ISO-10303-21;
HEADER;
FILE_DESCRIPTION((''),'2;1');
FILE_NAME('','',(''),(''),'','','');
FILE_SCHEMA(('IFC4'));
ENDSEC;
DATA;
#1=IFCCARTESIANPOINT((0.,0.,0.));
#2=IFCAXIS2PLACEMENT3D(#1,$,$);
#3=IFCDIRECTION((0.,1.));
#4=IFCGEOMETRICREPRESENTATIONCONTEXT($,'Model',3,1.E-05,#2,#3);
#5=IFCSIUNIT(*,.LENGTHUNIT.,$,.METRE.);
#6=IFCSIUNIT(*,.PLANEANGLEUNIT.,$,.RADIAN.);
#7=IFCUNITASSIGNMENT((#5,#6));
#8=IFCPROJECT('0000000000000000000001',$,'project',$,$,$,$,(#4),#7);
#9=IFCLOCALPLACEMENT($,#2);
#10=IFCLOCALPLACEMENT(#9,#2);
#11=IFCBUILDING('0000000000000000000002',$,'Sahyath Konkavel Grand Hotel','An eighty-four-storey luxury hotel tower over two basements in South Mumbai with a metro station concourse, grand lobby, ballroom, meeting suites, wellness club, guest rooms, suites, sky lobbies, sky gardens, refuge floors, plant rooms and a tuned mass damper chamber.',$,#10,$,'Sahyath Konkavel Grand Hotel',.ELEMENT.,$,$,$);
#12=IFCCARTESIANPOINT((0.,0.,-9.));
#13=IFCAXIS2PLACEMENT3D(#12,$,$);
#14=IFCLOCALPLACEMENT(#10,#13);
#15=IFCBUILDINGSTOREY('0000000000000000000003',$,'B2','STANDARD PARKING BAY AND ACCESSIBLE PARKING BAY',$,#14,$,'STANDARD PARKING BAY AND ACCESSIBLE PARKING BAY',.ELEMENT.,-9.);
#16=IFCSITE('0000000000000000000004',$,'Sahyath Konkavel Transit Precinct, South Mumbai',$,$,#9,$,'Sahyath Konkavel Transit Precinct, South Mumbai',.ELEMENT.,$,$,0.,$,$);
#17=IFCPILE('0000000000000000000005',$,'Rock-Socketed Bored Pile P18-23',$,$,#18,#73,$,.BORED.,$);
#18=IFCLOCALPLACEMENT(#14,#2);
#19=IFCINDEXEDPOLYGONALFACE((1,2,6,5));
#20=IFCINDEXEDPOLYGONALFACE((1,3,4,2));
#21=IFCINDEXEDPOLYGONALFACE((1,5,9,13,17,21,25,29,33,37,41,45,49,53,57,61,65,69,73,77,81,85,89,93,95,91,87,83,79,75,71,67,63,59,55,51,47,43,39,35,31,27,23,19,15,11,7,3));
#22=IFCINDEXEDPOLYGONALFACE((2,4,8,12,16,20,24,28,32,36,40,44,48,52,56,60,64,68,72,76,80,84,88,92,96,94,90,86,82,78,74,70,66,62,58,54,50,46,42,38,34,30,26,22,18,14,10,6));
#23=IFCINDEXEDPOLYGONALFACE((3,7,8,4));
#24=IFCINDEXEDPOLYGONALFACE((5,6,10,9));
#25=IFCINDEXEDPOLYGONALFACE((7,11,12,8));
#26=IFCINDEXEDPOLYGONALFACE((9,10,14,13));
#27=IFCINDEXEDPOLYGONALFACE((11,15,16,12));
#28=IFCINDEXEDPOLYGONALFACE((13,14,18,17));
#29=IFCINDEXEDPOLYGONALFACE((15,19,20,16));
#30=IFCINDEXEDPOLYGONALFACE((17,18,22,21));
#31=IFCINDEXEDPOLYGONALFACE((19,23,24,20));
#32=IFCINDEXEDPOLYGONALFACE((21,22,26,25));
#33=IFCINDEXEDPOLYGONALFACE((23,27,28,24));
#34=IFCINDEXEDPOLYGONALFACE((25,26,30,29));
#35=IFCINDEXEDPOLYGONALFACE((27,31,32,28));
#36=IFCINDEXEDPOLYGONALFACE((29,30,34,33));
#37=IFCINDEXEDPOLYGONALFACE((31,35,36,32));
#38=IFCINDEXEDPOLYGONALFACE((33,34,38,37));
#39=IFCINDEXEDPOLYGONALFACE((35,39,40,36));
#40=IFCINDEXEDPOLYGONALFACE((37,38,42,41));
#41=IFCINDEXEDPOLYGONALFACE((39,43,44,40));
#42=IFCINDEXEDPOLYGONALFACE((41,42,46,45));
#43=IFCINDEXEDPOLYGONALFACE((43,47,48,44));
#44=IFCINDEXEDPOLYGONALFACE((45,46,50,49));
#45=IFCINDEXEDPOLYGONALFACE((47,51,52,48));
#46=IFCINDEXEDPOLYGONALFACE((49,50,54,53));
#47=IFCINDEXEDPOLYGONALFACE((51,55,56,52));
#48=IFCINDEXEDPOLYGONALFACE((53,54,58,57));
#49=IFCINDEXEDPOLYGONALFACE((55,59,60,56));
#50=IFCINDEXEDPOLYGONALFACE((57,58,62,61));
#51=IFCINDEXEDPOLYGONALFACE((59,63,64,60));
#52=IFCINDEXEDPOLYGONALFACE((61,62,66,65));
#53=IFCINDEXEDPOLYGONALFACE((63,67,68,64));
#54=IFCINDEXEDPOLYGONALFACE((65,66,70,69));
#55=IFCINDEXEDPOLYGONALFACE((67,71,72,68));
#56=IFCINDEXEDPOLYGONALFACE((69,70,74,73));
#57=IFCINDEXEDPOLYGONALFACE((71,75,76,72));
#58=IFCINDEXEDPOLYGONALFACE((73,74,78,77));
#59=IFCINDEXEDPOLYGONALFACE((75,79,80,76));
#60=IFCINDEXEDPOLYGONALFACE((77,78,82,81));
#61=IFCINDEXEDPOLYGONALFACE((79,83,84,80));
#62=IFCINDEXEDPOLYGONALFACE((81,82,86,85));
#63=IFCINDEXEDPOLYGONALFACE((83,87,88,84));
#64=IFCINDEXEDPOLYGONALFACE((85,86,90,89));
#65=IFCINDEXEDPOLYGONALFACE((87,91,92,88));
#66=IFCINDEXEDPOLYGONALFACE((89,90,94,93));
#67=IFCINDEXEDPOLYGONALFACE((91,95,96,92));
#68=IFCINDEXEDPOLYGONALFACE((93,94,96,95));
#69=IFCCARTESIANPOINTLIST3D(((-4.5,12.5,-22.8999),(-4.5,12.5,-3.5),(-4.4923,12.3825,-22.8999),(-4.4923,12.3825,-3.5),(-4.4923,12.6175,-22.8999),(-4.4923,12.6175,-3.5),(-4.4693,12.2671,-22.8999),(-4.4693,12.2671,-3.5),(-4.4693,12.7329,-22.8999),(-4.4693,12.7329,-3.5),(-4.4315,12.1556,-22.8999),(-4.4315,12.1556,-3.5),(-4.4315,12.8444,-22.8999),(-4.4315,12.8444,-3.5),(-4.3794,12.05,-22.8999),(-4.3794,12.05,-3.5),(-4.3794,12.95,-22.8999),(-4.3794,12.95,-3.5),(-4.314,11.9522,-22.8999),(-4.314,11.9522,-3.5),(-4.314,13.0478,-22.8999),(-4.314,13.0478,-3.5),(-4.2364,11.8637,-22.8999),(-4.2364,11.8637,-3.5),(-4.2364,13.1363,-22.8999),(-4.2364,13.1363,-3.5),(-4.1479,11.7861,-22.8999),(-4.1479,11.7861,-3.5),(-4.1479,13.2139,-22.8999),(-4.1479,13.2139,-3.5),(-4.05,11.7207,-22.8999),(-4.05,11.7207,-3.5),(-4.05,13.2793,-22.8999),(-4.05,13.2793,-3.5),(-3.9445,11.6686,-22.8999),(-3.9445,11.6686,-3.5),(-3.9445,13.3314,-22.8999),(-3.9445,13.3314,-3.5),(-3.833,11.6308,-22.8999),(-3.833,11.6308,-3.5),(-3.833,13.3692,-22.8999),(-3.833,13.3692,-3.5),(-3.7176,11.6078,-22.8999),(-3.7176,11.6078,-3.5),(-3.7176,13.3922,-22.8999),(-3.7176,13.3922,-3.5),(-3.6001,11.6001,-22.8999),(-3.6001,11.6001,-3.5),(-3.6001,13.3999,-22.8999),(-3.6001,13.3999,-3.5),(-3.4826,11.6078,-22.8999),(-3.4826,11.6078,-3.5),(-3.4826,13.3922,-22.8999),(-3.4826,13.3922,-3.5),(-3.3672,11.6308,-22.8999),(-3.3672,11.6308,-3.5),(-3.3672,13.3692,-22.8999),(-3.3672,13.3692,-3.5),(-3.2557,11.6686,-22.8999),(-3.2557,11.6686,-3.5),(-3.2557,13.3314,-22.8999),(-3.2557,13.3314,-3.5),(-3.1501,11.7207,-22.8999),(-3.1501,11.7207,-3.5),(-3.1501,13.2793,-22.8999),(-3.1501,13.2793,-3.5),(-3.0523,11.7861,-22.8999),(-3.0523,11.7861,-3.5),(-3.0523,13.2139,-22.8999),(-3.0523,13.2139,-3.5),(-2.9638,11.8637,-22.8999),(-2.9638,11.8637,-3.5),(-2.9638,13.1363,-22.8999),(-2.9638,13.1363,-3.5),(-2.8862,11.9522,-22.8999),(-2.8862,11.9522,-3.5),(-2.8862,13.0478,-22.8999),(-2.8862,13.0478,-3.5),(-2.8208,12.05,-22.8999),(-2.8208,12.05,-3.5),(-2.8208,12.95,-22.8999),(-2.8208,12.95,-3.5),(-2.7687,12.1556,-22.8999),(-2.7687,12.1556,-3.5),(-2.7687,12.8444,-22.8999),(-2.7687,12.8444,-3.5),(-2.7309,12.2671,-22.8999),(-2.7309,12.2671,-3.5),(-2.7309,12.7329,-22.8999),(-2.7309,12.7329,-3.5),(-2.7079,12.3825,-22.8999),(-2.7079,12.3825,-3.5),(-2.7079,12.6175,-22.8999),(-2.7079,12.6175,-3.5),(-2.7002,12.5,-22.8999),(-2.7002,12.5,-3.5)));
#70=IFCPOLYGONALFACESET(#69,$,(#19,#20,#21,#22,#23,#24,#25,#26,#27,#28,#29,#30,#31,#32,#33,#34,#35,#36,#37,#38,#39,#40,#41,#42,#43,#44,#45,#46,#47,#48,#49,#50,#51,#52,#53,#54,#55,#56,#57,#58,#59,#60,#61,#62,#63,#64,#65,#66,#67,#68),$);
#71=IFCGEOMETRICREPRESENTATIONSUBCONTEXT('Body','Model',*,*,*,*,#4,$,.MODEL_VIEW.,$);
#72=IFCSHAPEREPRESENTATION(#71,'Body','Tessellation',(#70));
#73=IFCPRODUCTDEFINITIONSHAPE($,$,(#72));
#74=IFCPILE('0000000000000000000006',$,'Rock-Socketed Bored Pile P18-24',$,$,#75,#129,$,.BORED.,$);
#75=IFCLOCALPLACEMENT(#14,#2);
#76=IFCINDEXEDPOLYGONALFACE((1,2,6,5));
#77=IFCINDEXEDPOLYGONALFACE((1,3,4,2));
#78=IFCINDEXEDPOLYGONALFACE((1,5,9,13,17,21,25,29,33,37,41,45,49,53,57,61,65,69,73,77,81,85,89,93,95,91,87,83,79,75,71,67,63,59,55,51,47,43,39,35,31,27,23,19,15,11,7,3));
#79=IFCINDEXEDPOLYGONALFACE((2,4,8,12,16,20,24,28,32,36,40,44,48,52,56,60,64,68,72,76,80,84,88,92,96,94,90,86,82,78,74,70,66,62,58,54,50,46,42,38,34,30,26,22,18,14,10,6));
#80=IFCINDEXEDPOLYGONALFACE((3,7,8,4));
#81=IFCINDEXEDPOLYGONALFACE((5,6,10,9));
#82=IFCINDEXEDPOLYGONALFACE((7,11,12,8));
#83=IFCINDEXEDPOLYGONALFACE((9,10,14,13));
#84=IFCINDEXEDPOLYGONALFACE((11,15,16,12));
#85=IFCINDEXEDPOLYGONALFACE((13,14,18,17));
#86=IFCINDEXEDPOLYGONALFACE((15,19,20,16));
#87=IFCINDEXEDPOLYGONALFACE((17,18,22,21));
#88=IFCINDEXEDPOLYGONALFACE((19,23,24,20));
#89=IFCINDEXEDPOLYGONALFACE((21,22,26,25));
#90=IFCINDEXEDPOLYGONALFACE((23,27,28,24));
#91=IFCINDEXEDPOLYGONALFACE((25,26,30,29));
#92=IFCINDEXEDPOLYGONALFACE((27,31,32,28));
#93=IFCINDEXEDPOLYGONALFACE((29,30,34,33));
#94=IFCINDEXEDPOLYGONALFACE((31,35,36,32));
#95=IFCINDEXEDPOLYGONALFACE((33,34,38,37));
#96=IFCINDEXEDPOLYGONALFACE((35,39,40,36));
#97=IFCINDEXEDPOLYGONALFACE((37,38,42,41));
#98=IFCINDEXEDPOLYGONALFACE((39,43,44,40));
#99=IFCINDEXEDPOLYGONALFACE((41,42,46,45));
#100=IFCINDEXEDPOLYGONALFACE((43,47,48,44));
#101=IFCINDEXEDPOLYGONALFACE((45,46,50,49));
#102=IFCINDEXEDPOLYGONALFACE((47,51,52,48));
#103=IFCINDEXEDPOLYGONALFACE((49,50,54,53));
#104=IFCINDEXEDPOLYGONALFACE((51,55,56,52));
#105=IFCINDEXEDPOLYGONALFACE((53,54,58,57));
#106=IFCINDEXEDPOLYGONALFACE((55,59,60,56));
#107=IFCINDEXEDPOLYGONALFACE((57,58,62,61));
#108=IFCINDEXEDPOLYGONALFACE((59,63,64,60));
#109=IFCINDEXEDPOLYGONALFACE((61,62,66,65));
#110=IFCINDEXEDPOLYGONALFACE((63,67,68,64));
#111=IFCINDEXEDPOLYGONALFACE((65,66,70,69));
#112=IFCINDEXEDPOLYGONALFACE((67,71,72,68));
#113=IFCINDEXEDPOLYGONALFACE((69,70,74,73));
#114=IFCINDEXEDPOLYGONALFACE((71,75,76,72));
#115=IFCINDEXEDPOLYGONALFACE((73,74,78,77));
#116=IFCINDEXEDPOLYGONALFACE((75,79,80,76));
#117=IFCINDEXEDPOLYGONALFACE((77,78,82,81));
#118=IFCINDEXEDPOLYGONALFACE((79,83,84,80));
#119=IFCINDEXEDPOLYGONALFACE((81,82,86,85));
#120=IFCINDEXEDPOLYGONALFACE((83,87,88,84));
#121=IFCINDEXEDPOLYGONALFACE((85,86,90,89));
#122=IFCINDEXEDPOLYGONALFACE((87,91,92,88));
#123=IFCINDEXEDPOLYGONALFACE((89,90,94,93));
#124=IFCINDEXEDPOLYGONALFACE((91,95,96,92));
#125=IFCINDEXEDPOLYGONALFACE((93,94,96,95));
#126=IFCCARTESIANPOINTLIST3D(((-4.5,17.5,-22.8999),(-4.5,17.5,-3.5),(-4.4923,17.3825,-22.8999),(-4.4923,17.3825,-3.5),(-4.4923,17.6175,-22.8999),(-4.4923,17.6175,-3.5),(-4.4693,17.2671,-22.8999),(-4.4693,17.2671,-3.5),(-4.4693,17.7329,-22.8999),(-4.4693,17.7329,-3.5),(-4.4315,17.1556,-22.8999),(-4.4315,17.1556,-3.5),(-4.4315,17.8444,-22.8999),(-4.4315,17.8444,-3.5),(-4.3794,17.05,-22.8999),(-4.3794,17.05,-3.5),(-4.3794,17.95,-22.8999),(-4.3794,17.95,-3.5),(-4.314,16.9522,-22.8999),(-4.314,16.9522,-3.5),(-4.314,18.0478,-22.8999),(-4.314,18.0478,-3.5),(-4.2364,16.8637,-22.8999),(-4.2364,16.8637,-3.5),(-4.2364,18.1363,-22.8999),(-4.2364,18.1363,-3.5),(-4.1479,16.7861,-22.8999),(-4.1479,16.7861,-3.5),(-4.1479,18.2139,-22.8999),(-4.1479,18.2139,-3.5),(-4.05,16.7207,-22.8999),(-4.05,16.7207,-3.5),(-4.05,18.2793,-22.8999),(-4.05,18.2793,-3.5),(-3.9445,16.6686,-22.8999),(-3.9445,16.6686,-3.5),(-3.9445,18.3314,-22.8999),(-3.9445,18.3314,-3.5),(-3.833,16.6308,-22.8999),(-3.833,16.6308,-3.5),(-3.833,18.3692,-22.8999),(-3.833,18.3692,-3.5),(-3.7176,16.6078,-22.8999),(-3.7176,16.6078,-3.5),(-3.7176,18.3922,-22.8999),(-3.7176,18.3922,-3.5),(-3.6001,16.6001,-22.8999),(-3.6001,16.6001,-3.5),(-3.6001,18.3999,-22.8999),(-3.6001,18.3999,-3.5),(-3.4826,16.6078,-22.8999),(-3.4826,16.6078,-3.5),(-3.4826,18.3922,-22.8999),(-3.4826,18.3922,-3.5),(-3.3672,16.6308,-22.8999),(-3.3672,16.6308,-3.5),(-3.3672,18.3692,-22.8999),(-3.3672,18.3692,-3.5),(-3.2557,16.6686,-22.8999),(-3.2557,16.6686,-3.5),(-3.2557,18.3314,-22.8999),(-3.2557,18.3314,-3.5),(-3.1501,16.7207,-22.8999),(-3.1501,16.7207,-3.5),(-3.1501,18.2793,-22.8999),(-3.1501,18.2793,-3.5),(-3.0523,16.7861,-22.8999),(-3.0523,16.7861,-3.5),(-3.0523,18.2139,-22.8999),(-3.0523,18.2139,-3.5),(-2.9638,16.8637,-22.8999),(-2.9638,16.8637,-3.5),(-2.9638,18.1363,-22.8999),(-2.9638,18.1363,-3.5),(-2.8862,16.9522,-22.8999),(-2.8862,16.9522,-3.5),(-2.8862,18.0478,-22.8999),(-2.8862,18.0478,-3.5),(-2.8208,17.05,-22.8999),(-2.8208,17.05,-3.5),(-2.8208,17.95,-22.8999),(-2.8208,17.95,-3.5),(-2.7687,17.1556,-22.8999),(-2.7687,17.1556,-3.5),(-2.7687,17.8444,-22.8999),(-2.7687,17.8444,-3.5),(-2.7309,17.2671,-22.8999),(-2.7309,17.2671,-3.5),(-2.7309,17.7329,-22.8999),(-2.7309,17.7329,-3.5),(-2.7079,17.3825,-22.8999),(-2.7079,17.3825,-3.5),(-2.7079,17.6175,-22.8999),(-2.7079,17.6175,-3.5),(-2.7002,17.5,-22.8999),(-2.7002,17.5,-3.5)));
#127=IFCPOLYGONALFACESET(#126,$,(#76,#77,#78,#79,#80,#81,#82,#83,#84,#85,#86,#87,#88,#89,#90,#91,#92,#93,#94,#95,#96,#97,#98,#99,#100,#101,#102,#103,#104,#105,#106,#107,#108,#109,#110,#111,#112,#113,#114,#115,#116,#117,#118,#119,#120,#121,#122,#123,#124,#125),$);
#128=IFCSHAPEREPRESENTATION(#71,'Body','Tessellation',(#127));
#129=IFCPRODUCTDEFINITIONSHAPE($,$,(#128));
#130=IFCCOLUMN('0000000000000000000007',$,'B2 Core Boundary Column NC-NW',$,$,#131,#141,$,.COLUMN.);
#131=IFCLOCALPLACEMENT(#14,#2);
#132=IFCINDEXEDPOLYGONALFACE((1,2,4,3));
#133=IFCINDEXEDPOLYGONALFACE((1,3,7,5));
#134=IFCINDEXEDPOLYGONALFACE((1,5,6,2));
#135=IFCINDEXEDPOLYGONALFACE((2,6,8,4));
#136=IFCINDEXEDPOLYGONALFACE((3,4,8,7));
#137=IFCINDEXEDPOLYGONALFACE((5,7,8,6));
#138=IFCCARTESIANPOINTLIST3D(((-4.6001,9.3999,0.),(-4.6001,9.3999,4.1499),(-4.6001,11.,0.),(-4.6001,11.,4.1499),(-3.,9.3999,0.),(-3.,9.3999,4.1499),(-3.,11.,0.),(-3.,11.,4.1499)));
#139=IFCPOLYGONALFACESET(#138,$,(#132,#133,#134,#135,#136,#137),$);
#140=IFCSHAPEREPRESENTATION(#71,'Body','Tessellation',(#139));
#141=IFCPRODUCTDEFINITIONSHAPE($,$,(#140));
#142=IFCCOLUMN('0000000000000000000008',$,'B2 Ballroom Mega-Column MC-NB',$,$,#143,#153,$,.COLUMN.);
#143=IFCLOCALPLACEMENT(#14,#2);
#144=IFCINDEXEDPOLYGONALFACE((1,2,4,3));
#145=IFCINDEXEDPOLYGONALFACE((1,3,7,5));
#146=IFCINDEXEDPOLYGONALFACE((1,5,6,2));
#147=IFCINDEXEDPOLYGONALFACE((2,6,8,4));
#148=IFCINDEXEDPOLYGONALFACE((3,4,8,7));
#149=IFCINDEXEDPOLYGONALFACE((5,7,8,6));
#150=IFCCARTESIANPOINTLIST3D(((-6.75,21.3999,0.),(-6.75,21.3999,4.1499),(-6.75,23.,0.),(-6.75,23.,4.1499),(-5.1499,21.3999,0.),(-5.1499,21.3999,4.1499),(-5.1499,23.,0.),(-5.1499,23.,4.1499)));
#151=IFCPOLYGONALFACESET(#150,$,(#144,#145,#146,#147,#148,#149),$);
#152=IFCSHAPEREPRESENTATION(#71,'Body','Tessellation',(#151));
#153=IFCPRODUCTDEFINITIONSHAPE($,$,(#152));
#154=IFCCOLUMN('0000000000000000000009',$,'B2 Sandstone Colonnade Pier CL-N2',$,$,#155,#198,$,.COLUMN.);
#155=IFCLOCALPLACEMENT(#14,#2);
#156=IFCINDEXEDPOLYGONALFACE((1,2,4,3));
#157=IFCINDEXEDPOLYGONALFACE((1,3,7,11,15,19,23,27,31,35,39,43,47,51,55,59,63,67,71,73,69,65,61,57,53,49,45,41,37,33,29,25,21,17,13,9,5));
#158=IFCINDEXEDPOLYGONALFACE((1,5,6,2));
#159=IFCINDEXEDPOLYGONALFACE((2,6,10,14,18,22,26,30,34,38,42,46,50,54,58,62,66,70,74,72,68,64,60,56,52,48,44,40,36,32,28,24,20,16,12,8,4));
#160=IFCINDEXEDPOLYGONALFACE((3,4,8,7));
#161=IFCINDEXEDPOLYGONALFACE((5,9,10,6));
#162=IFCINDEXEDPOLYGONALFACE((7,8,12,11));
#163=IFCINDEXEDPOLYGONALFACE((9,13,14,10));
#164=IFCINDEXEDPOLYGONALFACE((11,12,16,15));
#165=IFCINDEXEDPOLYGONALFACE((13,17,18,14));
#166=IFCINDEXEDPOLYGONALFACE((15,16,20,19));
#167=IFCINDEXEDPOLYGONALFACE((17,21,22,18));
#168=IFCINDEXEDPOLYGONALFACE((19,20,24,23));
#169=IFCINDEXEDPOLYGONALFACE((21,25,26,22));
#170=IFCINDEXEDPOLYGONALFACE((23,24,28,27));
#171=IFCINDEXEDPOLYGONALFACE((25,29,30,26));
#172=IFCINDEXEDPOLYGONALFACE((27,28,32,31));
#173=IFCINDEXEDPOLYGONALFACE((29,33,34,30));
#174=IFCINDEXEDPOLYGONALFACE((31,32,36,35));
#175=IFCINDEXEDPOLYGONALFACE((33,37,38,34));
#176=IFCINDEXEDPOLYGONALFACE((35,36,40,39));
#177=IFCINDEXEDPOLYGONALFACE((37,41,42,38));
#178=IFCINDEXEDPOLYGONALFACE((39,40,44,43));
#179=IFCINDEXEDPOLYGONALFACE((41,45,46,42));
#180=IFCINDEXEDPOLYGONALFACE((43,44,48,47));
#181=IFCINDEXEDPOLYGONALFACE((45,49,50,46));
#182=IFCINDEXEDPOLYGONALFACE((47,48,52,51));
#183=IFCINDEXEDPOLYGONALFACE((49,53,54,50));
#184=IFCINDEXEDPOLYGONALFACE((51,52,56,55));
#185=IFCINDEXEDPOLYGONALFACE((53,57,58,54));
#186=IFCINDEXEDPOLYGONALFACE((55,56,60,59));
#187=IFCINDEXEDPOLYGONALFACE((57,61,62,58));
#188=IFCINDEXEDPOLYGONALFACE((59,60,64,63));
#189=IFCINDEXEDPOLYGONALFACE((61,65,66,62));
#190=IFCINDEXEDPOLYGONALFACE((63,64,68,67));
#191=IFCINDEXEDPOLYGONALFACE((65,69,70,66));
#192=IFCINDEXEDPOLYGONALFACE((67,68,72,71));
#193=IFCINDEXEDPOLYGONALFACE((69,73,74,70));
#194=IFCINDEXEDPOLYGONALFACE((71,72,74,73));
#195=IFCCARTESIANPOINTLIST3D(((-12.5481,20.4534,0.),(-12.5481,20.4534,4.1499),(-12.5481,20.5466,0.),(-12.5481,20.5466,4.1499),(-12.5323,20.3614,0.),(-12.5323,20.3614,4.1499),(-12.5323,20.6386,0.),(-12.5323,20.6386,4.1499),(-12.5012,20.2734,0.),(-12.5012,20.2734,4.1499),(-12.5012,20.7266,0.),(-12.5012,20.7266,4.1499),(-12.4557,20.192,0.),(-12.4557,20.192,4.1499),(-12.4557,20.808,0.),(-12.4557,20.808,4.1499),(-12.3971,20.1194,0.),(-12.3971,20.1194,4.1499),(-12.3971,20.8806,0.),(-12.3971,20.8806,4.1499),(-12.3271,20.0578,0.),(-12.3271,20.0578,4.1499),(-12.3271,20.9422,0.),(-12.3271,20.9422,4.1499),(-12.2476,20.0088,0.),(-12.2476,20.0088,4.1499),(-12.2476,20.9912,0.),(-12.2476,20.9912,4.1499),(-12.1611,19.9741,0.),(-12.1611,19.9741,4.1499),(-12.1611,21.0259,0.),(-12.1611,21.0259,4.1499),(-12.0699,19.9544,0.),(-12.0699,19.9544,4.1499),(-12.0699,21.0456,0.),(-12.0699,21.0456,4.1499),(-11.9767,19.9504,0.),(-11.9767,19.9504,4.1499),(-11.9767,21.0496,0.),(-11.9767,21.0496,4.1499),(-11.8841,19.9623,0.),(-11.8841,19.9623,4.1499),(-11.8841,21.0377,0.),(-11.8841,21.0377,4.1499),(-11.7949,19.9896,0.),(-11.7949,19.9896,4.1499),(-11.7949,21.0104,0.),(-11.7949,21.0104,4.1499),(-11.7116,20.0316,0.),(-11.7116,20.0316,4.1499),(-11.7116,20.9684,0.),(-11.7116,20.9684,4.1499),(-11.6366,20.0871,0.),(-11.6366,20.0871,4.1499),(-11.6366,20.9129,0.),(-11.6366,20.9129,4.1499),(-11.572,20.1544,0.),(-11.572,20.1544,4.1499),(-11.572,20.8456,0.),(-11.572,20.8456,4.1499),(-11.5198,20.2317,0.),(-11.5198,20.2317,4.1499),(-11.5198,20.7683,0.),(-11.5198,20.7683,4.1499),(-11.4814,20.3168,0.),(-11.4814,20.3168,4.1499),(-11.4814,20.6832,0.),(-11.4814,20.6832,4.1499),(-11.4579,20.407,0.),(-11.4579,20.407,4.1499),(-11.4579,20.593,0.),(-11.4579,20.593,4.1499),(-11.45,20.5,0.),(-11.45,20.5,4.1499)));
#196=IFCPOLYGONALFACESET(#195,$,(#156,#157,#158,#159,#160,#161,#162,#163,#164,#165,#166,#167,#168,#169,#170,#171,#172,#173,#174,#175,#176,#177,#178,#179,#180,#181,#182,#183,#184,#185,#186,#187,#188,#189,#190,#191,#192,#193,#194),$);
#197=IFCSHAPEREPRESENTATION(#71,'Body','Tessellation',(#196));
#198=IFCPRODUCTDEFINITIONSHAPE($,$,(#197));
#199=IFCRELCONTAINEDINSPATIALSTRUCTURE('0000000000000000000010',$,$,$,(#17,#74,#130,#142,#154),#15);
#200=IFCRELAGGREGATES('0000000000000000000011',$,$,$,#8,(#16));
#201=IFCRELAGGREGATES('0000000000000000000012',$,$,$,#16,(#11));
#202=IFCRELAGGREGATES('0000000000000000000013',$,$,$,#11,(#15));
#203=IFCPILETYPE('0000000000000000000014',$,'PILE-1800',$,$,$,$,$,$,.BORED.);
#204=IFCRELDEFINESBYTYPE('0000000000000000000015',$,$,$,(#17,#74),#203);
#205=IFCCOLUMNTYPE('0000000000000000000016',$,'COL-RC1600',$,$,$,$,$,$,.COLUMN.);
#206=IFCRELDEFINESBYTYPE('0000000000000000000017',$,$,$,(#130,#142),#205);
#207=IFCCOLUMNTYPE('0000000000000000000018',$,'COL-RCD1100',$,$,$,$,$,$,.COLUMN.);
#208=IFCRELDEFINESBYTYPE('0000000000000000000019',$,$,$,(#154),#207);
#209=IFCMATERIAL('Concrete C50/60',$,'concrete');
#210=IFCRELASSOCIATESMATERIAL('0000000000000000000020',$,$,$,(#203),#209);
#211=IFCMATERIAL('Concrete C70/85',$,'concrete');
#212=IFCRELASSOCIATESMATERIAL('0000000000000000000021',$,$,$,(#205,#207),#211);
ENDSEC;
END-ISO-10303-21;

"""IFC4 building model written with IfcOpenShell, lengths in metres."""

from ifc_helpers import new_model, si_unit, direction, frame, origin, origin_2d, place, context, subcontext, project, spatial, rectangle, circle, extrude, source, transform, mapped, material, material_profile, profile_set, type_object, element, save


model = new_model("IFC4")

# Units and contexts
model_context = context("Model", 3, precision=1e-05, world=origin(), true_north=direction((0.0, 1.0)))
body_context = subcontext(model_context, "Body", "Model", "MODEL_VIEW")
ifc_project = project(units=[si_unit("LENGTHUNIT", "METRE"), si_unit("PLANEANGLEUNIT", "RADIAN")], contexts=[model_context])

# Site, building, storey
site_placement = place(None, origin())
site = spatial("IfcSite", under=ifc_project, at=site_placement, Name="Sahyath Konkavel Transit Precinct, South Mumbai", LongName="Sahyath Konkavel Transit Precinct, South Mumbai", CompositionType="ELEMENT", RefElevation=0.0)
building_placement = place(site_placement, origin())
building = spatial("IfcBuilding", under=site, at=building_placement, Name="Sahyath Konkavel Grand Hotel", Description="An eighty-four-storey luxury hotel tower over two basements in South Mumbai with a metro station concourse, grand lobby, ballroom, meeting suites, wellness club, guest rooms, suites, sky lobbies, sky gardens, refuge floors, plant rooms and a tuned mass damper chamber.", LongName="Sahyath Konkavel Grand Hotel", CompositionType="ELEMENT")
storey_placement = place(building_placement, frame((0.0, 0.0, -9.0)))
storey = spatial("IfcBuildingStorey", under=building, at=storey_placement, Name="B2", Description="STANDARD PARKING BAY AND ACCESSIBLE PARKING BAY", LongName="STANDARD PARKING BAY AND ACCESSIBLE PARKING BAY", CompositionType="ELEMENT", Elevation=-9.0)

# Piles
ifc_material_1 = material(Name="Concrete C50/60", Category="concrete")
ifc_material_profile_1 = material_profile(ifc_material_1, circle(Radius=0.8999, at=origin_2d()), Name="PILE D1800")
ifc_profile_set_1 = profile_set([ifc_material_profile_1], Name="Concrete C50/60")
pile_type_1 = type_object("IfcPileType", Name="PILE-1800", PredefinedType="BORED", material=ifc_profile_set_1)
for number, where, z_axis, x_axis, name in (
    (1, (-3.6001, 12.5, -3.5), (0.0, 0.0, -1.0), (1.0, 0.0, 0.0), "Rock-Socketed Bored Pile P18-23"),
    (2, (-3.6001, 17.5, -3.5), (0.0, 0.0, -1.0), (1.0, 0.0, 0.0), "Rock-Socketed Bored Pile P18-24"),
):
    element("IfcPile", number, at=place(storey_placement, frame(where, z_axis=z_axis, x_axis=x_axis)), inside=storey, type_object=pile_type_1, Name=name, PredefinedType="BORED", context=body_context, shape_type="SweptSolid", body=[
        extrude(circle(Radius=0.8999, at=origin_2d()), origin(), (0.0, 0.0, 1.0), 19.3999),
    ])

# Columns
ifc_material_2 = material(Name="Concrete C70/85", Category="concrete")
ifc_material_profile_2 = material_profile(ifc_material_2, rectangle(XDim=1.6001, YDim=1.6001, at=origin_2d()), Name="RC 1600x1600")
ifc_profile_set_2 = profile_set([ifc_material_profile_2], Name="Concrete C70/85")
column_type_1 = type_object("IfcColumnType", Name="COL-RC1600", PredefinedType="COLUMN", material=ifc_profile_set_2)
shared_shape_1 = source(origin(), body_context, "Body", "SweptSolid", [
    extrude(rectangle(XDim=1.6001, YDim=1.6001, at=origin_2d()), origin(), (0.0, 0.0, 1.0), 4.1499),
])
for number, where, z_axis, x_axis, name in (
    (3, (-3.8, 10.2, 0.0), (0.0, 0.0, 1.0), (1.0, 0.0, 0.0), "B2 Core Boundary Column NC-NW"),
    (4, (-5.95, 22.2, 0.0), (0.0, 0.0, 1.0), (1.0, 0.0, 0.0), "B2 Ballroom Mega-Column MC-NB"),
):
    element("IfcColumn", number, at=place(storey_placement, frame(where, z_axis=z_axis, x_axis=x_axis)), inside=storey, type_object=column_type_1, Name=name, PredefinedType="COLUMN", context=body_context, shape_type="MappedRepresentation", body=[
        mapped(shared_shape_1, transform((0.0, 0.0, 0.0), scale=1.0)),
    ])
ifc_material_profile_3 = material_profile(ifc_material_2, circle(Radius=0.55, at=origin_2d()), Name="RC D1100")
ifc_profile_set_3 = profile_set([ifc_material_profile_3], Name="Concrete C70/85")
column_type_2 = type_object("IfcColumnType", Name="COL-RCD1100", PredefinedType="COLUMN", material=ifc_profile_set_3)
shared_shape_2 = source(origin(), body_context, "Body", "SweptSolid", [
    extrude(circle(Radius=0.55, at=origin_2d()), origin(), (0.0, 0.0, 1.0), 4.1499),
])
column_placement = place(storey_placement, frame((-12.0, 20.5, 0.0), z_axis=(0.0, 0.0, 1.0), x_axis=(1.0, 0.0, 0.0)))
element("IfcColumn", 5, at=column_placement, inside=storey, type_object=column_type_2, Name="B2 Sandstone Colonnade Pier CL-N2", PredefinedType="COLUMN", context=body_context, shape_type="MappedRepresentation", body=[
    mapped(shared_shape_2, transform((0.0, 0.0, 0.0), scale=1.0)),
])

save(model, "model.ifc")
